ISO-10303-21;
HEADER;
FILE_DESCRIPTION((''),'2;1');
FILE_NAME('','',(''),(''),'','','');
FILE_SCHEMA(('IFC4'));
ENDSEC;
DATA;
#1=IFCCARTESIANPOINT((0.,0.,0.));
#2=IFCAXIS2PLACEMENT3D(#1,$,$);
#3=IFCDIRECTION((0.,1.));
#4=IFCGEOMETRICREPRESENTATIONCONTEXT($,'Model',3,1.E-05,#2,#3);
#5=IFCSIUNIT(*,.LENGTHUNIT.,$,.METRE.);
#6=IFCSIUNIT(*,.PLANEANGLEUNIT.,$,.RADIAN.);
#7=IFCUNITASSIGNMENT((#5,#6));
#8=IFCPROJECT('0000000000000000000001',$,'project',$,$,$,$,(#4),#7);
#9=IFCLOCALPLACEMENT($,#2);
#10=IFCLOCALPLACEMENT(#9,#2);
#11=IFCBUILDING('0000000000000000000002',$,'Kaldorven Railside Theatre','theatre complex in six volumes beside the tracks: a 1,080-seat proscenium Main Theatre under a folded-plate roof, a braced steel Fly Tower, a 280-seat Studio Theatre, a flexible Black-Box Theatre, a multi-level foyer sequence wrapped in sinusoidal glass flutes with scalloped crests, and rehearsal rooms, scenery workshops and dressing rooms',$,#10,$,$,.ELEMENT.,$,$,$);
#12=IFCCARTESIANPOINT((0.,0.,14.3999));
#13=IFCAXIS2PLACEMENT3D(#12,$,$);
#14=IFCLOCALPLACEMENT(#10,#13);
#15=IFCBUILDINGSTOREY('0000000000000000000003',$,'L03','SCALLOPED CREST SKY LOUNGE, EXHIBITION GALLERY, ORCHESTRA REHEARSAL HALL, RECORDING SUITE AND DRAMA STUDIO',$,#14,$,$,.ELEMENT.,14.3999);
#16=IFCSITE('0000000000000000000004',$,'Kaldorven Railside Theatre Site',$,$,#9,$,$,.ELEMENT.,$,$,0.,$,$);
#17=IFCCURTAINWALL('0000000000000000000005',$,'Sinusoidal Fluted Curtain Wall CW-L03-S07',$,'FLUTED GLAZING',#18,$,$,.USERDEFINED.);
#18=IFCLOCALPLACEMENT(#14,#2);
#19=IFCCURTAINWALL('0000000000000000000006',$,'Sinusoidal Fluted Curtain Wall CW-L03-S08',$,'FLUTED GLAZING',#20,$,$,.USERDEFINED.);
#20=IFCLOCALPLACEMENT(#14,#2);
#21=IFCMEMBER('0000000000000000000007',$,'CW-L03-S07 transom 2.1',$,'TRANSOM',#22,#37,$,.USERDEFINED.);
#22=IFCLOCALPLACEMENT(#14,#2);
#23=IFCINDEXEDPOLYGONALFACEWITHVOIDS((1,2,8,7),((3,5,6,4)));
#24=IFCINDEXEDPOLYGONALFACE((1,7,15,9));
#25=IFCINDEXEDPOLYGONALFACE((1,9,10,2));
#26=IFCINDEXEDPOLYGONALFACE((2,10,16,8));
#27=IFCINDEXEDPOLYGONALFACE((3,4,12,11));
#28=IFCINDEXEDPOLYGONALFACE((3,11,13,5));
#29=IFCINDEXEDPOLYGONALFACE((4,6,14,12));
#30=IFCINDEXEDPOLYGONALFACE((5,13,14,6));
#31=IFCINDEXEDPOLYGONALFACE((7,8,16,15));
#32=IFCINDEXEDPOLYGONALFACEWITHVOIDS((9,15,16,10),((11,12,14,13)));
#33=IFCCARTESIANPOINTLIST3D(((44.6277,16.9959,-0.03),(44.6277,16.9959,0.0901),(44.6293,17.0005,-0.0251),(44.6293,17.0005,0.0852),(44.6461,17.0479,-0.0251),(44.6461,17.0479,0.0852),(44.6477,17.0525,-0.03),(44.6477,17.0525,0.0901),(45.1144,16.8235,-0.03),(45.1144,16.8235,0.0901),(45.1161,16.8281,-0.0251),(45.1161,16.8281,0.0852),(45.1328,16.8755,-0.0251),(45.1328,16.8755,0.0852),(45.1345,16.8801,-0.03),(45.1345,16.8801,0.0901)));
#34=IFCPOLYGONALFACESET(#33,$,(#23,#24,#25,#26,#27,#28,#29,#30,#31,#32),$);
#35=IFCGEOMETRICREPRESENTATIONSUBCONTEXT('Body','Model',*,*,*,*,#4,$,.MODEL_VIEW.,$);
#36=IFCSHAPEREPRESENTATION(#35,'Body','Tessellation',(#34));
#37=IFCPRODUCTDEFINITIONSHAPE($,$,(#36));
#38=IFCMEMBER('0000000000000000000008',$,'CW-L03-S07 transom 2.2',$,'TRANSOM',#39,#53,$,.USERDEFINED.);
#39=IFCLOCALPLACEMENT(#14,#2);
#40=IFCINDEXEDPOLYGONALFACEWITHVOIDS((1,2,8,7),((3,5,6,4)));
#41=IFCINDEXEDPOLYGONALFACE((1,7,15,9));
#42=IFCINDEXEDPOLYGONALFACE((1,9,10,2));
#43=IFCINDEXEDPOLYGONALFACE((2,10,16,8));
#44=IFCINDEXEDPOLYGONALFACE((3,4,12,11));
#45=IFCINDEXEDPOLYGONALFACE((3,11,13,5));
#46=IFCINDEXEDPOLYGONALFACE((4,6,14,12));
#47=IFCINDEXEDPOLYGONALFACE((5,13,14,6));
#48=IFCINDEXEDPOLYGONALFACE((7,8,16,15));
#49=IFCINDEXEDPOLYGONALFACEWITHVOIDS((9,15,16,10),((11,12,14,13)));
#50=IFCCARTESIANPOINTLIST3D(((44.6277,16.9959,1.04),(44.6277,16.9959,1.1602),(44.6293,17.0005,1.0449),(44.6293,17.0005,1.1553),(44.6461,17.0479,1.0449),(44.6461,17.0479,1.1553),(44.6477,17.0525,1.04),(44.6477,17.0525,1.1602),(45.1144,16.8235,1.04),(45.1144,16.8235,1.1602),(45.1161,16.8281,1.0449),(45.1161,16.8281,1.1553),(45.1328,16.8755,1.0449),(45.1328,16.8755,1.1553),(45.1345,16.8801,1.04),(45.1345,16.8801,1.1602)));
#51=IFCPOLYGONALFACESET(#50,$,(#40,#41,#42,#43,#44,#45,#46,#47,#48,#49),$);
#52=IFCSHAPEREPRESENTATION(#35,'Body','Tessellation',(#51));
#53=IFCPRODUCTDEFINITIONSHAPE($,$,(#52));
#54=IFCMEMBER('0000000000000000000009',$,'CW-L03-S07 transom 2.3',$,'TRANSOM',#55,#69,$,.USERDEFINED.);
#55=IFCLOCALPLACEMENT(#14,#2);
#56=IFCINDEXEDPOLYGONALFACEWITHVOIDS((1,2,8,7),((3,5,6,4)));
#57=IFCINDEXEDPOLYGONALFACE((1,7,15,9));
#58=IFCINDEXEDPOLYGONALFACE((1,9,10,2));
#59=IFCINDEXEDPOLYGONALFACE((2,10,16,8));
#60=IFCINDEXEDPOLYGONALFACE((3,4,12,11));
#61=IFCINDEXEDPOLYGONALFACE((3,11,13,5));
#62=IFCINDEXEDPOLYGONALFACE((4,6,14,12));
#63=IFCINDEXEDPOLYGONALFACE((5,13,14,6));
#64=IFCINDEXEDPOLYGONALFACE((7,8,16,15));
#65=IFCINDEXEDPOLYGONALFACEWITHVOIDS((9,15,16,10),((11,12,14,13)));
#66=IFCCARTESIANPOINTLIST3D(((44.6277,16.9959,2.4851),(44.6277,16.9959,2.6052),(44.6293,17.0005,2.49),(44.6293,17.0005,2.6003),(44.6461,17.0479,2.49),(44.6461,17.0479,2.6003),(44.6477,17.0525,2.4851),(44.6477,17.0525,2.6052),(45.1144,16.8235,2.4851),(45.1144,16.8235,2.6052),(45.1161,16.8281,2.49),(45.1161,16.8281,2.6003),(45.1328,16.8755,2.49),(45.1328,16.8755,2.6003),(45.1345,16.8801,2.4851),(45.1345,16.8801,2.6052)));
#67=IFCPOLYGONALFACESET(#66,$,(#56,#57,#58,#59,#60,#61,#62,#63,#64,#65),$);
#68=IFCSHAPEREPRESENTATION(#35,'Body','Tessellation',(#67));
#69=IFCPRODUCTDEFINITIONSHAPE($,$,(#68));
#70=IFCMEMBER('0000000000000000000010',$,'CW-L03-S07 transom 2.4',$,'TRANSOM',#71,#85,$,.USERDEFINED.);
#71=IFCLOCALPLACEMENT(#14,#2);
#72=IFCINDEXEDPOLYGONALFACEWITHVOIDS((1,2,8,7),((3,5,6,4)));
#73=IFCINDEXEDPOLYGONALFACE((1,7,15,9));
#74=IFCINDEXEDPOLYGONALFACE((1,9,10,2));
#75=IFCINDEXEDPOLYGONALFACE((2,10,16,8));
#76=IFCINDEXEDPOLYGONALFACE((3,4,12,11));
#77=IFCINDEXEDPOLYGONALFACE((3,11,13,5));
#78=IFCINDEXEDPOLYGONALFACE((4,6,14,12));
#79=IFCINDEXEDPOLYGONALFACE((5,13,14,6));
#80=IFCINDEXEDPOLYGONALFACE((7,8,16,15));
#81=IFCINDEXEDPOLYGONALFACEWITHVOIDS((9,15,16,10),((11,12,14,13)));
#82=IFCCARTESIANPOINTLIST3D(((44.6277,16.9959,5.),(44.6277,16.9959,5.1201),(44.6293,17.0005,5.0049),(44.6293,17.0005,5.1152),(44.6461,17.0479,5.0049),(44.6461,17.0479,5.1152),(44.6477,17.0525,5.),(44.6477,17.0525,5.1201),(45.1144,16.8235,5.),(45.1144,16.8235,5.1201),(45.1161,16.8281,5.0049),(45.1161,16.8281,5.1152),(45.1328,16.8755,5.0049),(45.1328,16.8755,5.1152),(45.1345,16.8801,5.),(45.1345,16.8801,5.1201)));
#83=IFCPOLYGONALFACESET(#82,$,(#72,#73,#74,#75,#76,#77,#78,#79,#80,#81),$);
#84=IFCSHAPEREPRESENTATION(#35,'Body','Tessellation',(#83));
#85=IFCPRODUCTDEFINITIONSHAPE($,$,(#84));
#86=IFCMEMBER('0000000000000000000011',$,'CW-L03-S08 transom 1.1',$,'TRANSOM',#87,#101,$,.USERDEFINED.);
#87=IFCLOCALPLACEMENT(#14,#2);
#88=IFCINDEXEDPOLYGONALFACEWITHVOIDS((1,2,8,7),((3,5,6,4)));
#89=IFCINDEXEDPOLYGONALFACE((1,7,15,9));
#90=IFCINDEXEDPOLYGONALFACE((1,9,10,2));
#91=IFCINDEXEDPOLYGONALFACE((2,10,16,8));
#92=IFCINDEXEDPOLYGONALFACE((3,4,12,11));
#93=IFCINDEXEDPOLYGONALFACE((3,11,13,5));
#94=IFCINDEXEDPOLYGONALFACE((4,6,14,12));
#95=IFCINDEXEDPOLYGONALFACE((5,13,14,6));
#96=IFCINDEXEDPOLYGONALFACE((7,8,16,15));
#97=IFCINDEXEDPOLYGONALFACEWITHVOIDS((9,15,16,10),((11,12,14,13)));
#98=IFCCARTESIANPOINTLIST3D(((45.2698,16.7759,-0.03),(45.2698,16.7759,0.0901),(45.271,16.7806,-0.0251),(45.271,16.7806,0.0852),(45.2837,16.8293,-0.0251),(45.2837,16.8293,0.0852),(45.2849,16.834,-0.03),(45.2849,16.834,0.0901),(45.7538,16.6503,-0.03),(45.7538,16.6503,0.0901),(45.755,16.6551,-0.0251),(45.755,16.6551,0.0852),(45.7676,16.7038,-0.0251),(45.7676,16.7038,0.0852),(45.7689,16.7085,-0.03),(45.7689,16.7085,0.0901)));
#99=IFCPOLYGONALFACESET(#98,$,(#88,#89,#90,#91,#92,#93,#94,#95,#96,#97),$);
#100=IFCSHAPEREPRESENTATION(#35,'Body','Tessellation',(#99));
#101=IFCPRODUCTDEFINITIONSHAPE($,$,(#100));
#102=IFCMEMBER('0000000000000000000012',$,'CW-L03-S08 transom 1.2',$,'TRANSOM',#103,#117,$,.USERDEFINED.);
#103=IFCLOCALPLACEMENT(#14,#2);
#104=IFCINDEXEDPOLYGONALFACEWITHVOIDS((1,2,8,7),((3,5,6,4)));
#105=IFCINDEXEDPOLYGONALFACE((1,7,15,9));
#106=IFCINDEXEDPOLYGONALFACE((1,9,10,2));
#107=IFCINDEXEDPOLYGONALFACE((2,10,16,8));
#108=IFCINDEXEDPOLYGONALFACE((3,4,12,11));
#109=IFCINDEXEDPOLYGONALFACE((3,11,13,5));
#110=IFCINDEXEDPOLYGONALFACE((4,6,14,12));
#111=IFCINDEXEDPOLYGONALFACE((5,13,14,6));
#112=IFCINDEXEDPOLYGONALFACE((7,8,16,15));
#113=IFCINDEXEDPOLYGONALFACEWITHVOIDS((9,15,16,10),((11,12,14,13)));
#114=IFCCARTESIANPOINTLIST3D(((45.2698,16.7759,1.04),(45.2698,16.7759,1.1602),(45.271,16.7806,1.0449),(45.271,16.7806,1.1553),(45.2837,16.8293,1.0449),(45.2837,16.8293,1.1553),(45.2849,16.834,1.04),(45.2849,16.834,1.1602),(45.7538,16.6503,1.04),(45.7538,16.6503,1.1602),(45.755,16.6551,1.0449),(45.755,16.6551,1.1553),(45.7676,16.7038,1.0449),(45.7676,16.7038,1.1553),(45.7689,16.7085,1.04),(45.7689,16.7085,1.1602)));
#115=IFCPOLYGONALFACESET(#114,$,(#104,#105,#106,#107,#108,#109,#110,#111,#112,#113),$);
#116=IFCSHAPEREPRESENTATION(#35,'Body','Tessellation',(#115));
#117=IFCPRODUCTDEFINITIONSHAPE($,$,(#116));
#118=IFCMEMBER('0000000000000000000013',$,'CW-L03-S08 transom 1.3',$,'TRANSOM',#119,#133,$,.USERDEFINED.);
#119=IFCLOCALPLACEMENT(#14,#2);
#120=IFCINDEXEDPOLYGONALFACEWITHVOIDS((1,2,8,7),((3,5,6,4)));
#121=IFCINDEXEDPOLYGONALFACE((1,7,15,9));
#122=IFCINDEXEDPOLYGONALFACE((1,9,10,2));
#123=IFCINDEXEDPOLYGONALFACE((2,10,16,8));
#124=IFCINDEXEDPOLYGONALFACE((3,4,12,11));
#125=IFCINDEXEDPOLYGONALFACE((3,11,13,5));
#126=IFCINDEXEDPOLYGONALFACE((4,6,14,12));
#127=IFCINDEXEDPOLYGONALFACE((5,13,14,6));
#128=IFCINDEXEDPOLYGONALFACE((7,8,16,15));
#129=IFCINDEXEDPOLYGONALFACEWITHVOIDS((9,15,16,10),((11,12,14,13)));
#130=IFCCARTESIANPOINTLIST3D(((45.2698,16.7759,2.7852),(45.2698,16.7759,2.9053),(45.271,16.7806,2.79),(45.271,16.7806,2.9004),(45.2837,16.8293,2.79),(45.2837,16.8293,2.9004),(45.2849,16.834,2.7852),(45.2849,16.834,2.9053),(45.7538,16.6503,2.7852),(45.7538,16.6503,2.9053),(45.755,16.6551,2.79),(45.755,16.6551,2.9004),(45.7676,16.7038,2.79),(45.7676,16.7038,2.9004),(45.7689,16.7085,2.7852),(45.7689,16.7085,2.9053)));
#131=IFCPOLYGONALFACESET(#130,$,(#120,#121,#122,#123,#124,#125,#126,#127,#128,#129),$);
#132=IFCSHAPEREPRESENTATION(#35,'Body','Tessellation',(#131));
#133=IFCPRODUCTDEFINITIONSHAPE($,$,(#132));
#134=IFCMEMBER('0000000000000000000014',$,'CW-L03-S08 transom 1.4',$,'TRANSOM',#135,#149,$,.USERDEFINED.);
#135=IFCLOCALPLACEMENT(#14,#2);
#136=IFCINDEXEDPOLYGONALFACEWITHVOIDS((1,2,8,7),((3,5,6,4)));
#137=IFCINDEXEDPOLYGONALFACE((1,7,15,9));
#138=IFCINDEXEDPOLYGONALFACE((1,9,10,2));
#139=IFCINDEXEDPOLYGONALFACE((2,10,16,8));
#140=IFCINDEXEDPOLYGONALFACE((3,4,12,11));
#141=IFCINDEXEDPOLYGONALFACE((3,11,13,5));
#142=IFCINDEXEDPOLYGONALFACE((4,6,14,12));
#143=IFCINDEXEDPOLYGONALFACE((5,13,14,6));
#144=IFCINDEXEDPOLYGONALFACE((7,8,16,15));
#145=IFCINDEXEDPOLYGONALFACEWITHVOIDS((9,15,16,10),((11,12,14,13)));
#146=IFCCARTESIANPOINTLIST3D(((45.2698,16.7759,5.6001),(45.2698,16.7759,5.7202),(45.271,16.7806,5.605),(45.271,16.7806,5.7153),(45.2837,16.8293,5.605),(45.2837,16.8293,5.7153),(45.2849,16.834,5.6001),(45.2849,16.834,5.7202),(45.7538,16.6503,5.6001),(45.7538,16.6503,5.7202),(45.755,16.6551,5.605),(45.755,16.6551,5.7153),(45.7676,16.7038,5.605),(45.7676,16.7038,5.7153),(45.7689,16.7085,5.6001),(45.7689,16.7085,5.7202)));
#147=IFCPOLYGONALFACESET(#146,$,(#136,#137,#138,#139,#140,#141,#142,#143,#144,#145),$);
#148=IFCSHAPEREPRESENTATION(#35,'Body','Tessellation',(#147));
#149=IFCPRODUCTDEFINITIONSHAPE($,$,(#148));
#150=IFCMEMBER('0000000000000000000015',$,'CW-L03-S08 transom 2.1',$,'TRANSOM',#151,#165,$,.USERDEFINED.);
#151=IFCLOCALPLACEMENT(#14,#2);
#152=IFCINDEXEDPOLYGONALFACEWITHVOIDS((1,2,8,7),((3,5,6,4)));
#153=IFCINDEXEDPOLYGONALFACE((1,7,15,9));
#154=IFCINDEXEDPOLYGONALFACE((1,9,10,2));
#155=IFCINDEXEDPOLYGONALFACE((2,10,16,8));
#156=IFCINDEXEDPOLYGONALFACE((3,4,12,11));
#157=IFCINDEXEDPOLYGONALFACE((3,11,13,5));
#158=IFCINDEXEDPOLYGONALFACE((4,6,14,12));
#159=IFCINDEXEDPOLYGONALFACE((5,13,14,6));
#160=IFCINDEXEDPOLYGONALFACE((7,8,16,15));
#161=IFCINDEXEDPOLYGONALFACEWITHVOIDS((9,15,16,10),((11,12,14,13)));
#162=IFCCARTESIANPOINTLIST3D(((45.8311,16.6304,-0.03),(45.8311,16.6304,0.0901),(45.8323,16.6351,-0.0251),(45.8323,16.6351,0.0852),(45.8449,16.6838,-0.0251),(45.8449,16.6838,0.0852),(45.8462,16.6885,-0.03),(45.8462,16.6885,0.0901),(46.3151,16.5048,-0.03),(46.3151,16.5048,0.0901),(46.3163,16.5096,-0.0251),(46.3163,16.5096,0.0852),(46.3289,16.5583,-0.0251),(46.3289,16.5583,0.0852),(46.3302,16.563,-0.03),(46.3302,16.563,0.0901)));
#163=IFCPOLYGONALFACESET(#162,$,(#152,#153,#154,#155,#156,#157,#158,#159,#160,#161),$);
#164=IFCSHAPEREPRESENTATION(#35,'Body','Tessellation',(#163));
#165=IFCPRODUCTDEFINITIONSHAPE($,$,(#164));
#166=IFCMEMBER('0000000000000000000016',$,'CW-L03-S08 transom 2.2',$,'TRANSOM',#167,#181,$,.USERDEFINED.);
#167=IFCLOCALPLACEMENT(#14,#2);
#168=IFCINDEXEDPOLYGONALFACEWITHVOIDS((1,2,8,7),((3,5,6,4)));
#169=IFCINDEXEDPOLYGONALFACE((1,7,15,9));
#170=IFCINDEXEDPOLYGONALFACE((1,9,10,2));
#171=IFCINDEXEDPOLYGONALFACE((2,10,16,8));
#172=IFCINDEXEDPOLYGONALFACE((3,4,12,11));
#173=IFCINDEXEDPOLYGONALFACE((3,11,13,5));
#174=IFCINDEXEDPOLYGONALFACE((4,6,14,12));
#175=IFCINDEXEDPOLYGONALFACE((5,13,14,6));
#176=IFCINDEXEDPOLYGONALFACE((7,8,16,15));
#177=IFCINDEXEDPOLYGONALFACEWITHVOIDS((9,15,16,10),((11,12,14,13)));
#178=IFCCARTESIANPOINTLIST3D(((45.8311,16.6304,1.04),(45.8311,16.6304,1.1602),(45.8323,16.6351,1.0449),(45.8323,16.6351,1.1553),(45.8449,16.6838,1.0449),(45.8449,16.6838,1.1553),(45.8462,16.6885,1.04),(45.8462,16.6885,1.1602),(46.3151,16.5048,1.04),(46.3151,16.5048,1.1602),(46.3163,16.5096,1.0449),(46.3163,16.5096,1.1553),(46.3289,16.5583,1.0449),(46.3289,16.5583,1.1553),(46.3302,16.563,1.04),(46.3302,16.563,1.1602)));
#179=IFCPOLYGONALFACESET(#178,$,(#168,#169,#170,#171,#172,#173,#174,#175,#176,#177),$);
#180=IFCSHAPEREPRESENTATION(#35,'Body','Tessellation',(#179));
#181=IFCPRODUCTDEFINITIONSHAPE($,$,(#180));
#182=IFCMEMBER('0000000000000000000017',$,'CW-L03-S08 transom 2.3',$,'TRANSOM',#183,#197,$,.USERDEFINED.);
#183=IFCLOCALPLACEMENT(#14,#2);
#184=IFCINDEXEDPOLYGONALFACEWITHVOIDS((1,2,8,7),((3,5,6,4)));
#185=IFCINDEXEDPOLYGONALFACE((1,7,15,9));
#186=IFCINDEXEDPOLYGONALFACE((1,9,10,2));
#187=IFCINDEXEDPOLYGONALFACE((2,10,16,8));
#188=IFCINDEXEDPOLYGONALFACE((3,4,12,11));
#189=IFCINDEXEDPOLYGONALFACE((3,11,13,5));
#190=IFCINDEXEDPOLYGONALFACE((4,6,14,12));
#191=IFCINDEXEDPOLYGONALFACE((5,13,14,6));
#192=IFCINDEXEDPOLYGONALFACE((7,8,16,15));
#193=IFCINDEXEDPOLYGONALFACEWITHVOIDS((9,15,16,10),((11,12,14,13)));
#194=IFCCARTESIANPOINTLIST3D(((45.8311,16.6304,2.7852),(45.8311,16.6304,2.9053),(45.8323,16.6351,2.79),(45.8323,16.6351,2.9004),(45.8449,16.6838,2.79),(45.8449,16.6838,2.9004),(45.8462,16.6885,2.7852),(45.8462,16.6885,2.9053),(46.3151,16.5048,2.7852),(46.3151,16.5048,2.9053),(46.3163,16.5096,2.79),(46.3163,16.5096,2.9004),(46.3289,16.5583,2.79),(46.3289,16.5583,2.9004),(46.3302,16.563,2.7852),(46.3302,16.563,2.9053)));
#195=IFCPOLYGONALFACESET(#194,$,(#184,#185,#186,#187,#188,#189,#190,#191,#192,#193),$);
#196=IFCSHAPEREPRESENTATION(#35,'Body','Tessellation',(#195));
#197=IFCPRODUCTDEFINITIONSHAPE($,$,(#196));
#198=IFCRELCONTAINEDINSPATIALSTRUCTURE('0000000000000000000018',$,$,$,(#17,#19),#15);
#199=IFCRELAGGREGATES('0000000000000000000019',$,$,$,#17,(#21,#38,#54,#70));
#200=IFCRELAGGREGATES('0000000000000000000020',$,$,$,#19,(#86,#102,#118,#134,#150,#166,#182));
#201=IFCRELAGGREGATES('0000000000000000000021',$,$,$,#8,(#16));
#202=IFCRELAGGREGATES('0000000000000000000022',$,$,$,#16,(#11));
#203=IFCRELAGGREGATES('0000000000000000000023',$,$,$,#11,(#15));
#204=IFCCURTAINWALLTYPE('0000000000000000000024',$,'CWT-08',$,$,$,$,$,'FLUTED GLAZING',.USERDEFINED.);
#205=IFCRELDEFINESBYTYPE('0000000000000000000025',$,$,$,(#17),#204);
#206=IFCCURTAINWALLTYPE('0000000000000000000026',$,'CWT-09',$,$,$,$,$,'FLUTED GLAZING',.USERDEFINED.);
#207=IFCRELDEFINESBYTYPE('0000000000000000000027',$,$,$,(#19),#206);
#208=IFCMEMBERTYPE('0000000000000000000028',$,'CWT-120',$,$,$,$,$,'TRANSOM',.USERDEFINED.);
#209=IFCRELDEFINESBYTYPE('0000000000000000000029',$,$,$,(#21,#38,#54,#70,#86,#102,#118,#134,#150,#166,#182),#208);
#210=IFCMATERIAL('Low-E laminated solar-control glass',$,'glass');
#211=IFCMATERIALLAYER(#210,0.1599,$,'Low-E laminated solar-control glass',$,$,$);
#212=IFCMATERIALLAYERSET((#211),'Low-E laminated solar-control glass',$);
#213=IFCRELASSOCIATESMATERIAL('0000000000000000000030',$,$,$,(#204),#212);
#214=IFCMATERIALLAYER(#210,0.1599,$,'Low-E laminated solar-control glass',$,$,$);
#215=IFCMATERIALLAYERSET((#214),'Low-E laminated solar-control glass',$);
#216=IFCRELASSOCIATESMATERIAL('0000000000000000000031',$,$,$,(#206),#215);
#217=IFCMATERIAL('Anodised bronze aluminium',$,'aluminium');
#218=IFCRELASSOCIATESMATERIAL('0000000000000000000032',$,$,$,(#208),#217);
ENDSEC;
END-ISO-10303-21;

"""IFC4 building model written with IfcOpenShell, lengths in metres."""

from ifc_helpers import new_model, si_unit, direction, frame, origin, origin_2d, place, context, subcontext, project, spatial, hollow_rectangle, extrude, material, layer, layer_set, material_profile, profile_set, type_object, element, aggregate, save


model = new_model("IFC4")

# Units and contexts
model_context = context("Model", 3, precision=1e-05, world=origin(), true_north=direction((0.0, 1.0)))
body_context = subcontext(model_context, "Body", "Model", "MODEL_VIEW")
ifc_project = project(units=[si_unit("LENGTHUNIT", "METRE"), si_unit("PLANEANGLEUNIT", "RADIAN")], contexts=[model_context])

# Site, building, storey
site_placement = place(None, origin())
site = spatial("IfcSite", under=ifc_project, at=site_placement, Name="Kaldorven Railside Theatre Site", CompositionType="ELEMENT", RefElevation=0.0)
building_placement = place(site_placement, origin())
building = spatial("IfcBuilding", under=site, at=building_placement, Name="Kaldorven Railside Theatre", Description="theatre complex in six volumes beside the tracks: a 1,080-seat proscenium Main Theatre under a folded-plate roof, a braced steel Fly Tower, a 280-seat Studio Theatre, a flexible Black-Box Theatre, a multi-level foyer sequence wrapped in sinusoidal glass flutes with scalloped crests, and rehearsal rooms, scenery workshops and dressing rooms", CompositionType="ELEMENT")
storey_placement = place(building_placement, frame((0.0, 0.0, 14.3999)))
storey = spatial("IfcBuildingStorey", under=building, at=storey_placement, Name="L03", Description="SCALLOPED CREST SKY LOUNGE, EXHIBITION GALLERY, ORCHESTRA REHEARSAL HALL, RECORDING SUITE AND DRAMA STUDIO", CompositionType="ELEMENT", Elevation=14.3999)

# Curtain walls
ifc_material_1 = material(Name="Low-E laminated solar-control glass", Category="glass")
ifc_layer_1 = layer(ifc_material_1, 0.1599, Name="Low-E laminated solar-control glass")
ifc_layer_set_1 = layer_set([ifc_layer_1], Name="Low-E laminated solar-control glass")
curtain_wall_type_1 = type_object("IfcCurtainWallType", Name="CWT-08", ElementType="FLUTED GLAZING", PredefinedType="USERDEFINED", material=ifc_layer_set_1)
curtain_wall_1_placement = place(storey_placement, origin())
curtain_wall_1 = element("IfcCurtainWall", 1, at=curtain_wall_1_placement, inside=storey, type_object=curtain_wall_type_1, Name="Sinusoidal Fluted Curtain Wall CW-L03-S07", ObjectType="FLUTED GLAZING", PredefinedType="USERDEFINED")
ifc_material_2 = material(Name="Anodised bronze aluminium", Category="aluminium")
ifc_layer_2 = layer(ifc_material_1, 0.1599, Name="Low-E laminated solar-control glass")
ifc_layer_set_2 = layer_set([ifc_layer_2], Name="Low-E laminated solar-control glass")
curtain_wall_type_2 = type_object("IfcCurtainWallType", Name="CWT-09", ElementType="FLUTED GLAZING", PredefinedType="USERDEFINED", material=ifc_layer_set_2)
curtain_wall_2_placement = place(storey_placement, origin())
curtain_wall_2 = element("IfcCurtainWall", 2, at=curtain_wall_2_placement, inside=storey, type_object=curtain_wall_type_2, Name="Sinusoidal Fluted Curtain Wall CW-L03-S08", ObjectType="FLUTED GLAZING", PredefinedType="USERDEFINED")

# Members
ifc_material_profile_1 = material_profile(ifc_material_2, hollow_rectangle(XDim=0.0601, YDim=0.1201, WallThickness=0.0049, at=origin_2d()), Name="RHS 120x60x5")
ifc_profile_set_1 = profile_set([ifc_material_profile_1], Name="Anodised bronze aluminium")
member_type_1 = type_object("IfcMemberType", Name="CWT-120", ElementType="TRANSOM", PredefinedType="USERDEFINED", material=ifc_profile_set_1)
member_1_placement = place(storey_placement, frame((44.6377, 17.0242, 0.03), z_axis=(0.942658, -0.33376, 0.0), x_axis=(0.33376, 0.942658, 0.0)))
member_1 = element("IfcMember", 3, at=member_1_placement, type_object=member_type_1, Name="CW-L03-S07 transom 2.1", ObjectType="TRANSOM", PredefinedType="USERDEFINED", context=body_context, shape_type="SweptSolid", body=[
    extrude(hollow_rectangle(XDim=0.0601, YDim=0.1201, WallThickness=0.0049, at=origin_2d()), origin(), (0.0, 0.0, 1.0), 0.5164),
])
member_2_placement = place(storey_placement, frame((44.6377, 17.0242, 1.1001), z_axis=(0.942658, -0.33376, 0.0), x_axis=(0.33376, 0.942658, 0.0)))
member_2 = element("IfcMember", 4, at=member_2_placement, type_object=member_type_1, Name="CW-L03-S07 transom 2.2", ObjectType="TRANSOM", PredefinedType="USERDEFINED", context=body_context, shape_type="SweptSolid", body=[
    extrude(hollow_rectangle(XDim=0.0601, YDim=0.1201, WallThickness=0.0049, at=origin_2d()), origin(), (0.0, 0.0, 1.0), 0.5164),
])
member_3_placement = place(storey_placement, frame((44.6377, 17.0242, 2.5452), z_axis=(0.942658, -0.33376, 0.0), x_axis=(0.33376, 0.942658, 0.0)))
member_3 = element("IfcMember", 5, at=member_3_placement, type_object=member_type_1, Name="CW-L03-S07 transom 2.3", ObjectType="TRANSOM", PredefinedType="USERDEFINED", context=body_context, shape_type="SweptSolid", body=[
    extrude(hollow_rectangle(XDim=0.0601, YDim=0.1201, WallThickness=0.0049, at=origin_2d()), origin(), (0.0, 0.0, 1.0), 0.5164),
])
member_4_placement = place(storey_placement, frame((44.6377, 17.0242, 5.0601), z_axis=(0.942658, -0.33376, 0.0), x_axis=(0.33376, 0.942658, 0.0)))
member_4 = element("IfcMember", 6, at=member_4_placement, type_object=member_type_1, Name="CW-L03-S07 transom 2.4", ObjectType="TRANSOM", PredefinedType="USERDEFINED", context=body_context, shape_type="SweptSolid", body=[
    extrude(hollow_rectangle(XDim=0.0601, YDim=0.1201, WallThickness=0.0049, at=origin_2d()), origin(), (0.0, 0.0, 1.0), 0.5164),
])
member_5_placement = place(storey_placement, frame((45.2773, 16.8049, 0.03), z_axis=(0.967979, -0.25103, 0.0), x_axis=(0.25103, 0.967979, 0.0)))
member_5 = element("IfcMember", 7, at=member_5_placement, type_object=member_type_1, Name="CW-L03-S08 transom 1.1", ObjectType="TRANSOM", PredefinedType="USERDEFINED", context=body_context, shape_type="SweptSolid", body=[
    extrude(hollow_rectangle(XDim=0.0601, YDim=0.1201, WallThickness=0.0049, at=origin_2d()), origin(), (0.0, 0.0, 1.0), 0.5),
])
member_6_placement = place(storey_placement, frame((45.2773, 16.8049, 1.1001), z_axis=(0.967979, -0.25103, 0.0), x_axis=(0.25103, 0.967979, 0.0)))
member_6 = element("IfcMember", 8, at=member_6_placement, type_object=member_type_1, Name="CW-L03-S08 transom 1.2", ObjectType="TRANSOM", PredefinedType="USERDEFINED", context=body_context, shape_type="SweptSolid", body=[
    extrude(hollow_rectangle(XDim=0.0601, YDim=0.1201, WallThickness=0.0049, at=origin_2d()), origin(), (0.0, 0.0, 1.0), 0.5),
])
member_7_placement = place(storey_placement, frame((45.2773, 16.8049, 2.8452), z_axis=(0.967979, -0.25103, 0.0), x_axis=(0.25103, 0.967979, 0.0)))
member_7 = element("IfcMember", 9, at=member_7_placement, type_object=member_type_1, Name="CW-L03-S08 transom 1.3", ObjectType="TRANSOM", PredefinedType="USERDEFINED", context=body_context, shape_type="SweptSolid", body=[
    extrude(hollow_rectangle(XDim=0.0601, YDim=0.1201, WallThickness=0.0049, at=origin_2d()), origin(), (0.0, 0.0, 1.0), 0.5),
])
member_8_placement = place(storey_placement, frame((45.2773, 16.8049, 5.6602), z_axis=(0.967979, -0.25103, 0.0), x_axis=(0.25103, 0.967979, 0.0)))
member_8 = element("IfcMember", 10, at=member_8_placement, type_object=member_type_1, Name="CW-L03-S08 transom 1.4", ObjectType="TRANSOM", PredefinedType="USERDEFINED", context=body_context, shape_type="SweptSolid", body=[
    extrude(hollow_rectangle(XDim=0.0601, YDim=0.1201, WallThickness=0.0049, at=origin_2d()), origin(), (0.0, 0.0, 1.0), 0.5),
])
member_9_placement = place(storey_placement, frame((45.8386, 16.6594, 0.03), z_axis=(0.967979, -0.25103, 0.0), x_axis=(0.25103, 0.967979, 0.0)))
member_9 = element("IfcMember", 11, at=member_9_placement, type_object=member_type_1, Name="CW-L03-S08 transom 2.1", ObjectType="TRANSOM", PredefinedType="USERDEFINED", context=body_context, shape_type="SweptSolid", body=[
    extrude(hollow_rectangle(XDim=0.0601, YDim=0.1201, WallThickness=0.0049, at=origin_2d()), origin(), (0.0, 0.0, 1.0), 0.5),
])
member_10_placement = place(storey_placement, frame((45.8386, 16.6594, 1.1001), z_axis=(0.967979, -0.25103, 0.0), x_axis=(0.25103, 0.967979, 0.0)))
member_10 = element("IfcMember", 12, at=member_10_placement, type_object=member_type_1, Name="CW-L03-S08 transom 2.2", ObjectType="TRANSOM", PredefinedType="USERDEFINED", context=body_context, shape_type="SweptSolid", body=[
    extrude(hollow_rectangle(XDim=0.0601, YDim=0.1201, WallThickness=0.0049, at=origin_2d()), origin(), (0.0, 0.0, 1.0), 0.5),
])
member_11_placement = place(storey_placement, frame((45.8386, 16.6594, 2.8452), z_axis=(0.967979, -0.25103, 0.0), x_axis=(0.25103, 0.967979, 0.0)))
member_11 = element("IfcMember", 13, at=member_11_placement, type_object=member_type_1, Name="CW-L03-S08 transom 2.3", ObjectType="TRANSOM", PredefinedType="USERDEFINED", context=body_context, shape_type="SweptSolid", body=[
    extrude(hollow_rectangle(XDim=0.0601, YDim=0.1201, WallThickness=0.0049, at=origin_2d()), origin(), (0.0, 0.0, 1.0), 0.5),
])

aggregate(curtain_wall_1, [member_1, member_2, member_3, member_4])
aggregate(curtain_wall_2, [member_5, member_6, member_7, member_8, member_9, member_10, member_11])

save(model, "model.ifc")
